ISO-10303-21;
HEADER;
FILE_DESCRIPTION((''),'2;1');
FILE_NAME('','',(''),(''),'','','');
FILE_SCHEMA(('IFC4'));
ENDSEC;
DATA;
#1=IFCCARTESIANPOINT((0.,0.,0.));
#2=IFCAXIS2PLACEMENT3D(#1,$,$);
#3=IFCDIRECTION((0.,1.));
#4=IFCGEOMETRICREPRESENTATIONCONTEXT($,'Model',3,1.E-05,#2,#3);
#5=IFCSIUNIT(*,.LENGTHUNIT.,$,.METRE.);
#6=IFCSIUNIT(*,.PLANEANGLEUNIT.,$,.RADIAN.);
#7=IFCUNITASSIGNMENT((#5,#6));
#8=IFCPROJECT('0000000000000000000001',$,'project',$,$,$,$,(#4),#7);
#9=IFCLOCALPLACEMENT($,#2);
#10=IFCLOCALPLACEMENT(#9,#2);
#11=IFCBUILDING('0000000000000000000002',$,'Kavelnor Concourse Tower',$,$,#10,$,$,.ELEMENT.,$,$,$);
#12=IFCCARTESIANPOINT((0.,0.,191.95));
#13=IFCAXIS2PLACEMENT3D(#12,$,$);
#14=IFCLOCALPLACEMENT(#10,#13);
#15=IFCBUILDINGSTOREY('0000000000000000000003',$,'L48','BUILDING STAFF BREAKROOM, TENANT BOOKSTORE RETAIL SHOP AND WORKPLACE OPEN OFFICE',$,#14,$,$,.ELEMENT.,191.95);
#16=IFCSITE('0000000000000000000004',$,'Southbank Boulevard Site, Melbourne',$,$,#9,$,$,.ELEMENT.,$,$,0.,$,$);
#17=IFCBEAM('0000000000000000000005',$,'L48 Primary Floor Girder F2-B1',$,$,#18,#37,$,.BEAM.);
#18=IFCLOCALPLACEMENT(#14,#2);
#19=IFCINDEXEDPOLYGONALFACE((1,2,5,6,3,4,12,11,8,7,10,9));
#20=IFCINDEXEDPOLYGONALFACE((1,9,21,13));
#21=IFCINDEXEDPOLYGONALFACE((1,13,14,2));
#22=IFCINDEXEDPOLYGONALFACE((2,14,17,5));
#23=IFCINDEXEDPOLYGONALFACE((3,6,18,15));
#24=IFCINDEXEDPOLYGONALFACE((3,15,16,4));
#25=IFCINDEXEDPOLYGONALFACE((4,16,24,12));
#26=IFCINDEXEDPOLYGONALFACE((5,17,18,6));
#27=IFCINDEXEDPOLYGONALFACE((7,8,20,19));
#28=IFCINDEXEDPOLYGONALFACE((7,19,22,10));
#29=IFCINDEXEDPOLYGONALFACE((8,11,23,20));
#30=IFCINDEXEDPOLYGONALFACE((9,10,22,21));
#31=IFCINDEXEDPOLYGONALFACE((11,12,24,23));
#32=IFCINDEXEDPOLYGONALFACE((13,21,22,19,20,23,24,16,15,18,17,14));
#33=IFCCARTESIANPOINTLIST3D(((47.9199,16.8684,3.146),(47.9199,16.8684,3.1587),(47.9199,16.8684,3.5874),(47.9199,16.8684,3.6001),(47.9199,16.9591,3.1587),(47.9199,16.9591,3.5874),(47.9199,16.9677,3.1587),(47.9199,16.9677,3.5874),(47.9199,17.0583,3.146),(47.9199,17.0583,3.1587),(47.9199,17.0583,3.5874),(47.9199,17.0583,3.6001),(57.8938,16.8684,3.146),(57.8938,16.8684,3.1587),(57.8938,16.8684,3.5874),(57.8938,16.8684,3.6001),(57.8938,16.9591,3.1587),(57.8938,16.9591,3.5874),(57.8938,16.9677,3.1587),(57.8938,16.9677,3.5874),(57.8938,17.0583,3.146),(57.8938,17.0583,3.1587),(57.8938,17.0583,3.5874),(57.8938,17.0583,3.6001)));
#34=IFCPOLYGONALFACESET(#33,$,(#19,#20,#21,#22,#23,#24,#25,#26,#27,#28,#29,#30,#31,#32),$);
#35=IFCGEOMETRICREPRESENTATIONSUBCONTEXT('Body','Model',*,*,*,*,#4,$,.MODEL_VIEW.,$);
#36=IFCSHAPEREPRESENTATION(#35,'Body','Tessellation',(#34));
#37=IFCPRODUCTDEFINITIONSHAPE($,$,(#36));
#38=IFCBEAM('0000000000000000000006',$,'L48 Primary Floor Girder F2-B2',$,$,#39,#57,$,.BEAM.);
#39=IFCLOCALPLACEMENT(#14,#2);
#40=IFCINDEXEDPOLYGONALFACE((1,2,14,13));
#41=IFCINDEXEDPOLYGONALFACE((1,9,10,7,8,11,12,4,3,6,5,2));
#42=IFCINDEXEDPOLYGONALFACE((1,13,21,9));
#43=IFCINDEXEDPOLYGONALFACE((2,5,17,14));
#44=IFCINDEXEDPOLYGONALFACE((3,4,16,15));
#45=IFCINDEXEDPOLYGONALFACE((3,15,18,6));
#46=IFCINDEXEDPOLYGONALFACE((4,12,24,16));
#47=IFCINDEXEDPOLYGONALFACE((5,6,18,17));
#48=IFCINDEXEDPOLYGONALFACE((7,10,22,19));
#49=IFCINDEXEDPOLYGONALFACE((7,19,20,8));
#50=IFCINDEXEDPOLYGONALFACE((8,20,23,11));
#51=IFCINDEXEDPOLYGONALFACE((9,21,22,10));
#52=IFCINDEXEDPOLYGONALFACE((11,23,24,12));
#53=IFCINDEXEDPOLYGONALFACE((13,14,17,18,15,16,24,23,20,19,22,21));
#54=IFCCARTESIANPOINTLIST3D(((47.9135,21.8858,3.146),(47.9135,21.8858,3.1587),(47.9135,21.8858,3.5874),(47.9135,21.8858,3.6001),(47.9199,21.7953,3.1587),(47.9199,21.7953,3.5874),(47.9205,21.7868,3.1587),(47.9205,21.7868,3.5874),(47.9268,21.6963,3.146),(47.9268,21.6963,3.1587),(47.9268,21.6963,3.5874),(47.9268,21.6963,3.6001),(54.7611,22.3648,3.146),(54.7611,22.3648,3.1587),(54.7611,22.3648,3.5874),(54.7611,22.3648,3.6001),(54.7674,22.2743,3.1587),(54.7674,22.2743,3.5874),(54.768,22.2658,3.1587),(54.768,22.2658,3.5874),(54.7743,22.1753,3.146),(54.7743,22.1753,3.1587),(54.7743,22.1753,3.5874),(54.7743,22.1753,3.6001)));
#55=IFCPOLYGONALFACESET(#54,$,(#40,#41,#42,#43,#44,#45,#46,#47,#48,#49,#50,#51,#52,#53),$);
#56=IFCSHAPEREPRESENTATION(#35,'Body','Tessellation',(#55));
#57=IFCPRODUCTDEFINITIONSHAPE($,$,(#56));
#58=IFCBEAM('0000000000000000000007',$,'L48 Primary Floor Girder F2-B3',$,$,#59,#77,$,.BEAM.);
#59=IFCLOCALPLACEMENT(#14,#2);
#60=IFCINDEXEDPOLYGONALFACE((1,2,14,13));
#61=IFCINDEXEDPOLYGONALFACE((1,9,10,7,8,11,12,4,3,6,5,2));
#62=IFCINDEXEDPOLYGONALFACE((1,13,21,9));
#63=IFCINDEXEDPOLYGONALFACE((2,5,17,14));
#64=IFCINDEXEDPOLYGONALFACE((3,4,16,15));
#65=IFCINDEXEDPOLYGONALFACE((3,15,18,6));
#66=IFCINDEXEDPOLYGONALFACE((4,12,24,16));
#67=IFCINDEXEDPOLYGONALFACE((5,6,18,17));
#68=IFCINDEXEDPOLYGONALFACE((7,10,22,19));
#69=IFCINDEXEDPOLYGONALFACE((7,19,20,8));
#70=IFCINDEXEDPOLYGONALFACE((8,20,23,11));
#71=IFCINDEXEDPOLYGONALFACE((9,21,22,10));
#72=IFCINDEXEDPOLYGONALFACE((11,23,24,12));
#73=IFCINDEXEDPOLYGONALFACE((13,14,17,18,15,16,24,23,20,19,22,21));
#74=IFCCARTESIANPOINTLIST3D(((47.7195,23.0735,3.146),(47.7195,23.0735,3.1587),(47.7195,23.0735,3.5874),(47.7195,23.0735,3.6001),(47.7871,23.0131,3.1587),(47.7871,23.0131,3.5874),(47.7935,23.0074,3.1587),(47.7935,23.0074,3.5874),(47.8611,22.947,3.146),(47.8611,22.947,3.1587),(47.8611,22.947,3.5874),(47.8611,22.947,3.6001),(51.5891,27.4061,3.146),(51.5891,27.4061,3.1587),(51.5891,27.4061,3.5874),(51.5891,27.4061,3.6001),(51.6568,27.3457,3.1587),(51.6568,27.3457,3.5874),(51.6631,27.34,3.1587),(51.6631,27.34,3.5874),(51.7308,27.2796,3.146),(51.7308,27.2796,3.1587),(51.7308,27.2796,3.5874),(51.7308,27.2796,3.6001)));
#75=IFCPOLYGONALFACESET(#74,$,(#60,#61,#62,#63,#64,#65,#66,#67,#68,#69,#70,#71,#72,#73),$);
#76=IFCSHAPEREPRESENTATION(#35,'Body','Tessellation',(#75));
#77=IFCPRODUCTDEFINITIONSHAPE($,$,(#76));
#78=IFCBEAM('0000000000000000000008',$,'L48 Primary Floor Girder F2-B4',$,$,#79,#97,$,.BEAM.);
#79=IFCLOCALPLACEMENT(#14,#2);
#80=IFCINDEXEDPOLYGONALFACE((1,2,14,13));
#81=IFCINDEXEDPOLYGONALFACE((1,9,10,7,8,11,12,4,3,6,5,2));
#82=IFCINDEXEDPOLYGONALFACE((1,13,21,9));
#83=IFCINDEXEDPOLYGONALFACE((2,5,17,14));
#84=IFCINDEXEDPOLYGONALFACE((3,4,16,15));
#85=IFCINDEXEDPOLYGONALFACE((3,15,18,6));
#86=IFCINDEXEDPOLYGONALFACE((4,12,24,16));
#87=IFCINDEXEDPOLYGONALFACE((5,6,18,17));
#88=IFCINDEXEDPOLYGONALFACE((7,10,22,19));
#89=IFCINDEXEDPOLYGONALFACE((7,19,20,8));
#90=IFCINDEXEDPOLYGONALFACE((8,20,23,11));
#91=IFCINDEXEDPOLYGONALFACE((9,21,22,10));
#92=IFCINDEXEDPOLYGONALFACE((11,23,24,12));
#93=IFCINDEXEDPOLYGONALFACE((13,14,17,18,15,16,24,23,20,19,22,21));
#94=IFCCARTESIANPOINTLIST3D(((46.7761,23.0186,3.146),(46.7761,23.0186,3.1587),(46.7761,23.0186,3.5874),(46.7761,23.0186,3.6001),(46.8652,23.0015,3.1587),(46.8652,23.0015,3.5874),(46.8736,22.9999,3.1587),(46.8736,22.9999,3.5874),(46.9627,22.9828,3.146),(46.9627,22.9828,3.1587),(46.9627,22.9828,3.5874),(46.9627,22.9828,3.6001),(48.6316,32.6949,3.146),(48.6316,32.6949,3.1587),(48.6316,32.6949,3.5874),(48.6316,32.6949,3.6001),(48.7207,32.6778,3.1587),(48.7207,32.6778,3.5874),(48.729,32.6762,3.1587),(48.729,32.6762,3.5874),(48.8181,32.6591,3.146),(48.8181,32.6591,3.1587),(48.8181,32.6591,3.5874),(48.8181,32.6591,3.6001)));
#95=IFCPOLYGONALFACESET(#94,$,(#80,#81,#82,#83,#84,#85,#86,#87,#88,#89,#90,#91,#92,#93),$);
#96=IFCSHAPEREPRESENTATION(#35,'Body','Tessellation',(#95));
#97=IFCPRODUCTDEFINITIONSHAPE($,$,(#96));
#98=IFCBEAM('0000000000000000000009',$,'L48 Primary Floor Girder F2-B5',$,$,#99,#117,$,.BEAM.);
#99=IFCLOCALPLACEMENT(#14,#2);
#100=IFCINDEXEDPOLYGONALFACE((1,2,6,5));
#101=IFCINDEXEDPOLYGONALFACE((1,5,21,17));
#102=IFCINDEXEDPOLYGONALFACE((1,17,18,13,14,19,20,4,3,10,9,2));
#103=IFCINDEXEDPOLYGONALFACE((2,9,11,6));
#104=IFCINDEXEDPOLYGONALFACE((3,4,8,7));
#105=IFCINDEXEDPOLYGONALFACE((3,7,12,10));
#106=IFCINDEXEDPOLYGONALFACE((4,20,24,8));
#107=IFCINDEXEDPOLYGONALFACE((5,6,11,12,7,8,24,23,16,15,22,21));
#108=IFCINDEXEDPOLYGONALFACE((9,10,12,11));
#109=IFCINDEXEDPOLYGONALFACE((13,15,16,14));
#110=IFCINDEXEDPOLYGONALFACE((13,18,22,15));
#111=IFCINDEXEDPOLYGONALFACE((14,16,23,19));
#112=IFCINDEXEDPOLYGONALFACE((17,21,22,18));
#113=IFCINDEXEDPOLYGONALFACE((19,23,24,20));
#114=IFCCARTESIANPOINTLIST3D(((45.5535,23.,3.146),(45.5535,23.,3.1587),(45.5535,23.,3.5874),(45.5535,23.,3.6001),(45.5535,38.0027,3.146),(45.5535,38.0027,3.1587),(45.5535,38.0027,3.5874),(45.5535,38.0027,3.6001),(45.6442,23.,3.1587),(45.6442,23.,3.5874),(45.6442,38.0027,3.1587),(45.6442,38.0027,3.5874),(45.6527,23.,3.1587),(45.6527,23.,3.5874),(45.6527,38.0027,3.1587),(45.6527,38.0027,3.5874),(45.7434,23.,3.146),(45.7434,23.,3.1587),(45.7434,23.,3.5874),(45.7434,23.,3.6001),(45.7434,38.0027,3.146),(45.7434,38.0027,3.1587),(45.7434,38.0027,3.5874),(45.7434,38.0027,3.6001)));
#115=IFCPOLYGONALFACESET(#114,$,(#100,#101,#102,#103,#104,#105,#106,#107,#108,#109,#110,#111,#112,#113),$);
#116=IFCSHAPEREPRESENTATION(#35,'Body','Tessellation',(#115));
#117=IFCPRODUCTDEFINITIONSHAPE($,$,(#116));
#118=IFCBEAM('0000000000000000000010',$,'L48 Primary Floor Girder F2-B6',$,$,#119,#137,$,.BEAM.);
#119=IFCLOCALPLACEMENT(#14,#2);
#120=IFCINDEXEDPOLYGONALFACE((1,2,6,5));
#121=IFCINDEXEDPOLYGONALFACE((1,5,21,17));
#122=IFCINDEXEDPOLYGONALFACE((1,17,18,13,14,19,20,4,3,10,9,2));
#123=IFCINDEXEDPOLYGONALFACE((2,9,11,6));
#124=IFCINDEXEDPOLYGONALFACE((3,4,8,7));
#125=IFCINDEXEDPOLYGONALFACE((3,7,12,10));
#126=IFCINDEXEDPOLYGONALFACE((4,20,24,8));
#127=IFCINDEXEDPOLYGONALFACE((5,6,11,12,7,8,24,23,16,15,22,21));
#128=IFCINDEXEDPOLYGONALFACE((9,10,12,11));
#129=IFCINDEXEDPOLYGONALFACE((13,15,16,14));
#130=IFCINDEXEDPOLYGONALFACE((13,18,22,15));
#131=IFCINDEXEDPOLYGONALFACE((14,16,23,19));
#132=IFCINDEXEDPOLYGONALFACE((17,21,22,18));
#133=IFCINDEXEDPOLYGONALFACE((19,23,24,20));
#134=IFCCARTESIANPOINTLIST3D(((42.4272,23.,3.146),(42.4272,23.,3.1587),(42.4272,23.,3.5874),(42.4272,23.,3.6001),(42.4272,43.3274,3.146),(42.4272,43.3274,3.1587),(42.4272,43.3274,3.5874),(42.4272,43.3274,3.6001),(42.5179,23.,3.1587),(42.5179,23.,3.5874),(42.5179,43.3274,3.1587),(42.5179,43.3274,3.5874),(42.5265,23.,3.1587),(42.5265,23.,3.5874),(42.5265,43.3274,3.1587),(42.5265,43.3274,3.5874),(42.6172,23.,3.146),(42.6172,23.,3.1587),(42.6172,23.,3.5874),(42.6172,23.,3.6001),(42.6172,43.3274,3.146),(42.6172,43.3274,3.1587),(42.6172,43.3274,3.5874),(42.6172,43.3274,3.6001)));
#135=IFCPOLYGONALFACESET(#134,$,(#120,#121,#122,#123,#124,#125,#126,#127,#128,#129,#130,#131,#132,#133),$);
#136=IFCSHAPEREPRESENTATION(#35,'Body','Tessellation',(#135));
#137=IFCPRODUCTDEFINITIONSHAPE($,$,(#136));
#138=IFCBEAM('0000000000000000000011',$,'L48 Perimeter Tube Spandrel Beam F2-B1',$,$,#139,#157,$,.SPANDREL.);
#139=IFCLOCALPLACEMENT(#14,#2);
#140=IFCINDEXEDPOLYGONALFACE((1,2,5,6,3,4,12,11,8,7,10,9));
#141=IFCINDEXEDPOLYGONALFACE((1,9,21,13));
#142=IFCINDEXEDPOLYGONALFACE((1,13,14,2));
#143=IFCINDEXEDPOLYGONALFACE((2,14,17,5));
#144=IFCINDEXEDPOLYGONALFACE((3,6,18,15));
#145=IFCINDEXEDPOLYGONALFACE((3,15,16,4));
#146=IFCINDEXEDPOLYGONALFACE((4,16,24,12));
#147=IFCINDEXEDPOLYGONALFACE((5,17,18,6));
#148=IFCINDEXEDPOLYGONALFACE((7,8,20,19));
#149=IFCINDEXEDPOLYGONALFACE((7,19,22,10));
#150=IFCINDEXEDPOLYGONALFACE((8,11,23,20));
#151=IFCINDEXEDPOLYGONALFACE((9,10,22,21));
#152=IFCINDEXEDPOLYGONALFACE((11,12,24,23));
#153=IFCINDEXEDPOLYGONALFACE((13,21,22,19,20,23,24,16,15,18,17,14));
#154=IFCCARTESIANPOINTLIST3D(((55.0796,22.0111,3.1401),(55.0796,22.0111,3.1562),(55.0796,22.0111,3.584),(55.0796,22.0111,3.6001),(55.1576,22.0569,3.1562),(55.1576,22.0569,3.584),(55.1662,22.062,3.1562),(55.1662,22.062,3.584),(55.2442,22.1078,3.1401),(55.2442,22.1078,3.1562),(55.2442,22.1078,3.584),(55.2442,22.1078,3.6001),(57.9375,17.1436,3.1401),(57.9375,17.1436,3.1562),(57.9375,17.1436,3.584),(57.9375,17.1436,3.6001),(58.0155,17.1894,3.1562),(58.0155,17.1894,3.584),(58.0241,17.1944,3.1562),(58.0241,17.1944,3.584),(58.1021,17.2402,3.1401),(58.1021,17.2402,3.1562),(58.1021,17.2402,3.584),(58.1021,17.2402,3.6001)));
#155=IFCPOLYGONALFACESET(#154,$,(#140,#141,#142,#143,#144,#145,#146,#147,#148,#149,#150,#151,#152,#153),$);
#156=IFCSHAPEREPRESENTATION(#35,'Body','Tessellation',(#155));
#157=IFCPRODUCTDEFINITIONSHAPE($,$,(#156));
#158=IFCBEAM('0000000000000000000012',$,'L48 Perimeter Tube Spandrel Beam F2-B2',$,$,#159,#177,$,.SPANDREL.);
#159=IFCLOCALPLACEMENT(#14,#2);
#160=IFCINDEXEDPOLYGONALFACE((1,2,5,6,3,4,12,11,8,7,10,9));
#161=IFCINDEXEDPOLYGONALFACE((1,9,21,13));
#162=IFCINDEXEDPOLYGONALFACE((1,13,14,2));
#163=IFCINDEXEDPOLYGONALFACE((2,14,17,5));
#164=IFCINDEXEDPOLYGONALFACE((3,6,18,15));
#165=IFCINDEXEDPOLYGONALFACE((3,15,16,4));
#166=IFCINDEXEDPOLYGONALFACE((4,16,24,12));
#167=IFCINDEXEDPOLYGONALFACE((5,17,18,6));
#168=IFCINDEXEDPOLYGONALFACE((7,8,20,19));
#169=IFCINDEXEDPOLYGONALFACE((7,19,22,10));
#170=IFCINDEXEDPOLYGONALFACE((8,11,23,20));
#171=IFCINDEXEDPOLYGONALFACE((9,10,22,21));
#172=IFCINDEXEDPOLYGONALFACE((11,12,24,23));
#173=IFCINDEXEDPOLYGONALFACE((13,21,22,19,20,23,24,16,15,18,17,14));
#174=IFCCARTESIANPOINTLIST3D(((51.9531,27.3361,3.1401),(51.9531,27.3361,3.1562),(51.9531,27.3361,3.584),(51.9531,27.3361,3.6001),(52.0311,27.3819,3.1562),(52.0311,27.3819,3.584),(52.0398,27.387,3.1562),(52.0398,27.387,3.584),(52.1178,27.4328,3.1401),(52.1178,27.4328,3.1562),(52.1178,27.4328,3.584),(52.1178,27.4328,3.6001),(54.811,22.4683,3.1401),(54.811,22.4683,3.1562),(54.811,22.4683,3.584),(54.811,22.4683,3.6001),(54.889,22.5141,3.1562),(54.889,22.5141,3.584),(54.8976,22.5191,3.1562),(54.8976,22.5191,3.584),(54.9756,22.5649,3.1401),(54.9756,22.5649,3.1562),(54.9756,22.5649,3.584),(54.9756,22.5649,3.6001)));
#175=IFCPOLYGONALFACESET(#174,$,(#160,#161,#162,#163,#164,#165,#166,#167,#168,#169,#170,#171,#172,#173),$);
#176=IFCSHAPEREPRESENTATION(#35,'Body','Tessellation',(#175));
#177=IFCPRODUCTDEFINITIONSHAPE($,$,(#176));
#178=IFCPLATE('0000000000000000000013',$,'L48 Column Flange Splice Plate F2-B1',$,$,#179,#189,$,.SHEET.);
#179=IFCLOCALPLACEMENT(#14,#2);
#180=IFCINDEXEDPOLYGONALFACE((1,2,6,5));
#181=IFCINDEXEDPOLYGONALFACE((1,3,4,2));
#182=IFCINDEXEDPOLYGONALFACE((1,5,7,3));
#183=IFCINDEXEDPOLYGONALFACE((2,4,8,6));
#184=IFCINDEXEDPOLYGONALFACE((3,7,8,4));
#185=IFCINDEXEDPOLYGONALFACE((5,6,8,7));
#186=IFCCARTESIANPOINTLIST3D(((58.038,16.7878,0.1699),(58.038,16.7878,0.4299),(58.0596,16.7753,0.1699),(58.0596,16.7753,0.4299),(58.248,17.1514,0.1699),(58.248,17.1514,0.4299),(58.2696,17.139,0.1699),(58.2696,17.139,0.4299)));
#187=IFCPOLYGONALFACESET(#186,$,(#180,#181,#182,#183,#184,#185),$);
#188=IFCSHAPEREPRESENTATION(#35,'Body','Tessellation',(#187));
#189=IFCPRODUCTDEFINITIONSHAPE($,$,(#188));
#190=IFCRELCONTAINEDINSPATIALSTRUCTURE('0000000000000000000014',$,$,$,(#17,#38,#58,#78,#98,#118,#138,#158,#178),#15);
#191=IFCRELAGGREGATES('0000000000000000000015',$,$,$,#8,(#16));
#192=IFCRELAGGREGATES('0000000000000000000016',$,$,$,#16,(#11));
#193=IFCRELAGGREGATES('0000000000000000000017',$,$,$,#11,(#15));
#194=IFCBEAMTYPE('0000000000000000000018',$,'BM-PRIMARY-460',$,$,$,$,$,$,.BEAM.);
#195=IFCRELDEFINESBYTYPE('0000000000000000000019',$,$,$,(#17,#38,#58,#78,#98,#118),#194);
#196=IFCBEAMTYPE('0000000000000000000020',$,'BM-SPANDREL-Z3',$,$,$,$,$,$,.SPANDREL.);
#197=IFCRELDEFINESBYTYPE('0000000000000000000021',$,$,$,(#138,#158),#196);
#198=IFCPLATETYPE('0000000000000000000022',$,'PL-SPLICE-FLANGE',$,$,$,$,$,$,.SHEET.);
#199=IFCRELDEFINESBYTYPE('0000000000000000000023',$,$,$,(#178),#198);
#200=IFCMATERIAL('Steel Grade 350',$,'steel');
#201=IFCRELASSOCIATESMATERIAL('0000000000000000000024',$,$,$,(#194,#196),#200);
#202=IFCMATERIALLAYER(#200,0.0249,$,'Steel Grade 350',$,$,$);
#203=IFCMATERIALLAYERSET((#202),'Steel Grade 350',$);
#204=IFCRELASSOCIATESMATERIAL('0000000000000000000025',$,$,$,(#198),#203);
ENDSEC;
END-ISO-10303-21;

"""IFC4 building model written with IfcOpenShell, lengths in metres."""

from ifc_helpers import new_model, si_unit, direction, frame, origin, origin_2d, place, context, subcontext, project, spatial, rectangle, i_section, extrude, material, layer, layer_set, material_profile, profile_set, type_object, element, save


model = new_model("IFC4")

# Units and contexts
model_context = context("Model", 3, precision=1e-05, world=origin(), true_north=direction((0.0, 1.0)))
body_context = subcontext(model_context, "Body", "Model", "MODEL_VIEW")
ifc_project = project(units=[si_unit("LENGTHUNIT", "METRE"), si_unit("PLANEANGLEUNIT", "RADIAN")], contexts=[model_context])

# Site, building, storey
site_placement = place(None, origin())
site = spatial("IfcSite", under=ifc_project, at=site_placement, Name="Southbank Boulevard Site, Melbourne", CompositionType="ELEMENT", RefElevation=0.0)
building_placement = place(site_placement, origin())
building = spatial("IfcBuilding", under=site, at=building_placement, Name="Kavelnor Concourse Tower", CompositionType="ELEMENT")
storey_placement = place(building_placement, frame((0.0, 0.0, 191.95)))
storey = spatial("IfcBuildingStorey", under=building, at=storey_placement, Name="L48", Description="BUILDING STAFF BREAKROOM, TENANT BOOKSTORE RETAIL SHOP AND WORKPLACE OPEN OFFICE", CompositionType="ELEMENT", Elevation=191.95)

# Shared definitions
ifc_material_1 = material(Name="Steel Grade 350", Category="steel")

# Beams
ifc_material_profile_1 = material_profile(ifc_material_1, i_section(OverallWidth=0.1899, OverallDepth=0.4541, WebThickness=0.0085, FlangeThickness=0.0127, at=origin_2d()), Name="460UB67")
ifc_profile_set_1 = profile_set([ifc_material_profile_1], Name="Steel Grade 350")
beam_type_1 = type_object("IfcBeamType", Name="BM-PRIMARY-460", PredefinedType="BEAM", material=ifc_profile_set_1)
beam_1_placement = place(storey_placement, frame((47.9199, 16.9634, 3.373), z_axis=(1.0, 0.0, 0.0), x_axis=(0.0, 1.0, 0.0)))
element("IfcBeam", 1, at=beam_1_placement, inside=storey, type_object=beam_type_1, Name="L48 Primary Floor Girder F2-B1", PredefinedType="BEAM", context=body_context, shape_type="SweptSolid", body=[
    extrude(i_section(OverallWidth=0.1899, OverallDepth=0.4541, WebThickness=0.0085, FlangeThickness=0.0127, at=origin_2d()), origin(), (0.0, 0.0, 1.0), 9.9739),
])
beam_2_placement = place(storey_placement, frame((47.9202, 21.791, 3.373), z_axis=(0.997562, 0.069783, 0.0), x_axis=(-0.069783, 0.997562, 0.0)))
element("IfcBeam", 2, at=beam_2_placement, inside=storey, type_object=beam_type_1, Name="L48 Primary Floor Girder F2-B2", PredefinedType="BEAM", context=body_context, shape_type="SweptSolid", body=[
    extrude(i_section(OverallWidth=0.1899, OverallDepth=0.4541, WebThickness=0.0085, FlangeThickness=0.0127, at=origin_2d()), origin(), (0.0, 0.0, 1.0), 6.8643),
])
beam_3_placement = place(storey_placement, frame((47.7903, 23.0103, 3.373), z_axis=(0.666141, 0.745826, 0.0), x_axis=(-0.745826, 0.666141, 0.0)))
element("IfcBeam", 3, at=beam_3_placement, inside=storey, type_object=beam_type_1, Name="L48 Primary Floor Girder F2-B3", PredefinedType="BEAM", context=body_context, shape_type="SweptSolid", body=[
    extrude(i_section(OverallWidth=0.1899, OverallDepth=0.4541, WebThickness=0.0085, FlangeThickness=0.0127, at=origin_2d()), origin(), (0.0, 0.0, 1.0), 5.8091),
])
beam_4_placement = place(storey_placement, frame((46.8694, 23.0007, 3.373), z_axis=(0.188323, 0.982107, 0.0), x_axis=(-0.982107, 0.188323, 0.0)))
element("IfcBeam", 4, at=beam_4_placement, inside=storey, type_object=beam_type_1, Name="L48 Primary Floor Girder F2-B4", PredefinedType="BEAM", context=body_context, shape_type="SweptSolid", body=[
    extrude(i_section(OverallWidth=0.1899, OverallDepth=0.4541, WebThickness=0.0085, FlangeThickness=0.0127, at=origin_2d()), origin(), (0.0, 0.0, 1.0), 9.8525),
])
beam_5_placement = place(storey_placement, frame((45.6484, 23.0, 3.373), z_axis=(0.0, 1.0, 0.0), x_axis=(-1.0, 0.0, 0.0)))
element("IfcBeam", 5, at=beam_5_placement, inside=storey, type_object=beam_type_1, Name="L48 Primary Floor Girder F2-B5", PredefinedType="BEAM", context=body_context, shape_type="SweptSolid", body=[
    extrude(i_section(OverallWidth=0.1899, OverallDepth=0.4541, WebThickness=0.0085, FlangeThickness=0.0127, at=origin_2d()), origin(), (0.0, 0.0, 1.0), 15.0027),
])
beam_6_placement = place(storey_placement, frame((42.5222, 23.0, 3.373), z_axis=(0.0, 1.0, 0.0), x_axis=(-1.0, 0.0, 0.0)))
element("IfcBeam", 6, at=beam_6_placement, inside=storey, type_object=beam_type_1, Name="L48 Primary Floor Girder F2-B6", PredefinedType="BEAM", context=body_context, shape_type="SweptSolid", body=[
    extrude(i_section(OverallWidth=0.1899, OverallDepth=0.4541, WebThickness=0.0085, FlangeThickness=0.0127, at=origin_2d()), origin(), (0.0, 0.0, 1.0), 20.3274),
])
ifc_material_profile_2 = material_profile(ifc_material_1, i_section(OverallWidth=0.1909, OverallDepth=0.46, WebThickness=0.01, FlangeThickness=0.0161, at=origin_2d()), Name="460UB82")
ifc_profile_set_2 = profile_set([ifc_material_profile_2], Name="Steel Grade 350")
beam_type_2 = type_object("IfcBeamType", Name="BM-SPANDREL-Z3", PredefinedType="SPANDREL", material=ifc_profile_set_2)
beam_7_placement = place(storey_placement, frame((58.0198, 17.1919, 3.3701), z_axis=(-0.506305, 0.862354, 0.0), x_axis=(-0.862354, -0.506305, 0.0)))
element("IfcBeam", 7, at=beam_7_placement, inside=storey, type_object=beam_type_2, Name="L48 Perimeter Tube Spandrel Beam F2-B1", PredefinedType="SPANDREL", context=body_context, shape_type="SweptSolid", body=[
    extrude(i_section(OverallWidth=0.1909, OverallDepth=0.46, WebThickness=0.01, FlangeThickness=0.0161, at=origin_2d()), origin(), (0.0, 0.0, 1.0), 5.6445),
])
beam_8_placement = place(storey_placement, frame((54.8933, 22.5166, 3.3701), z_axis=(-0.506287, 0.862365, 0.0), x_axis=(-0.862365, -0.506287, 0.0)))
element("IfcBeam", 8, at=beam_8_placement, inside=storey, type_object=beam_type_2, Name="L48 Perimeter Tube Spandrel Beam F2-B2", PredefinedType="SPANDREL", context=body_context, shape_type="SweptSolid", body=[
    extrude(i_section(OverallWidth=0.1909, OverallDepth=0.46, WebThickness=0.01, FlangeThickness=0.0161, at=origin_2d()), origin(), (0.0, 0.0, 1.0), 5.6448),
])

# Plate
ifc_layer_1 = layer(ifc_material_1, 0.0249, Name="Steel Grade 350")
ifc_layer_set_1 = layer_set([ifc_layer_1], Name="Steel Grade 350")
plate_type = type_object("IfcPlateType", Name="PL-SPLICE-FLANGE", PredefinedType="SHEET", material=ifc_layer_set_1)
plate_placement = place(storey_placement, frame((58.1538, 16.9634, 0.1699), z_axis=(0.0, 0.0, 1.0), x_axis=(-0.5, -0.866025, 0.0)))
element("IfcPlate", 9, at=plate_placement, inside=storey, type_object=plate_type, Name="L48 Column Flange Splice Plate F2-B1", PredefinedType="SHEET", context=body_context, shape_type="SweptSolid", body=[
    extrude(rectangle(XDim=0.4199, YDim=0.0249, at=origin_2d()), origin(), (0.0, 0.0, 1.0), 0.26),
])

save(model, "model.ifc")
